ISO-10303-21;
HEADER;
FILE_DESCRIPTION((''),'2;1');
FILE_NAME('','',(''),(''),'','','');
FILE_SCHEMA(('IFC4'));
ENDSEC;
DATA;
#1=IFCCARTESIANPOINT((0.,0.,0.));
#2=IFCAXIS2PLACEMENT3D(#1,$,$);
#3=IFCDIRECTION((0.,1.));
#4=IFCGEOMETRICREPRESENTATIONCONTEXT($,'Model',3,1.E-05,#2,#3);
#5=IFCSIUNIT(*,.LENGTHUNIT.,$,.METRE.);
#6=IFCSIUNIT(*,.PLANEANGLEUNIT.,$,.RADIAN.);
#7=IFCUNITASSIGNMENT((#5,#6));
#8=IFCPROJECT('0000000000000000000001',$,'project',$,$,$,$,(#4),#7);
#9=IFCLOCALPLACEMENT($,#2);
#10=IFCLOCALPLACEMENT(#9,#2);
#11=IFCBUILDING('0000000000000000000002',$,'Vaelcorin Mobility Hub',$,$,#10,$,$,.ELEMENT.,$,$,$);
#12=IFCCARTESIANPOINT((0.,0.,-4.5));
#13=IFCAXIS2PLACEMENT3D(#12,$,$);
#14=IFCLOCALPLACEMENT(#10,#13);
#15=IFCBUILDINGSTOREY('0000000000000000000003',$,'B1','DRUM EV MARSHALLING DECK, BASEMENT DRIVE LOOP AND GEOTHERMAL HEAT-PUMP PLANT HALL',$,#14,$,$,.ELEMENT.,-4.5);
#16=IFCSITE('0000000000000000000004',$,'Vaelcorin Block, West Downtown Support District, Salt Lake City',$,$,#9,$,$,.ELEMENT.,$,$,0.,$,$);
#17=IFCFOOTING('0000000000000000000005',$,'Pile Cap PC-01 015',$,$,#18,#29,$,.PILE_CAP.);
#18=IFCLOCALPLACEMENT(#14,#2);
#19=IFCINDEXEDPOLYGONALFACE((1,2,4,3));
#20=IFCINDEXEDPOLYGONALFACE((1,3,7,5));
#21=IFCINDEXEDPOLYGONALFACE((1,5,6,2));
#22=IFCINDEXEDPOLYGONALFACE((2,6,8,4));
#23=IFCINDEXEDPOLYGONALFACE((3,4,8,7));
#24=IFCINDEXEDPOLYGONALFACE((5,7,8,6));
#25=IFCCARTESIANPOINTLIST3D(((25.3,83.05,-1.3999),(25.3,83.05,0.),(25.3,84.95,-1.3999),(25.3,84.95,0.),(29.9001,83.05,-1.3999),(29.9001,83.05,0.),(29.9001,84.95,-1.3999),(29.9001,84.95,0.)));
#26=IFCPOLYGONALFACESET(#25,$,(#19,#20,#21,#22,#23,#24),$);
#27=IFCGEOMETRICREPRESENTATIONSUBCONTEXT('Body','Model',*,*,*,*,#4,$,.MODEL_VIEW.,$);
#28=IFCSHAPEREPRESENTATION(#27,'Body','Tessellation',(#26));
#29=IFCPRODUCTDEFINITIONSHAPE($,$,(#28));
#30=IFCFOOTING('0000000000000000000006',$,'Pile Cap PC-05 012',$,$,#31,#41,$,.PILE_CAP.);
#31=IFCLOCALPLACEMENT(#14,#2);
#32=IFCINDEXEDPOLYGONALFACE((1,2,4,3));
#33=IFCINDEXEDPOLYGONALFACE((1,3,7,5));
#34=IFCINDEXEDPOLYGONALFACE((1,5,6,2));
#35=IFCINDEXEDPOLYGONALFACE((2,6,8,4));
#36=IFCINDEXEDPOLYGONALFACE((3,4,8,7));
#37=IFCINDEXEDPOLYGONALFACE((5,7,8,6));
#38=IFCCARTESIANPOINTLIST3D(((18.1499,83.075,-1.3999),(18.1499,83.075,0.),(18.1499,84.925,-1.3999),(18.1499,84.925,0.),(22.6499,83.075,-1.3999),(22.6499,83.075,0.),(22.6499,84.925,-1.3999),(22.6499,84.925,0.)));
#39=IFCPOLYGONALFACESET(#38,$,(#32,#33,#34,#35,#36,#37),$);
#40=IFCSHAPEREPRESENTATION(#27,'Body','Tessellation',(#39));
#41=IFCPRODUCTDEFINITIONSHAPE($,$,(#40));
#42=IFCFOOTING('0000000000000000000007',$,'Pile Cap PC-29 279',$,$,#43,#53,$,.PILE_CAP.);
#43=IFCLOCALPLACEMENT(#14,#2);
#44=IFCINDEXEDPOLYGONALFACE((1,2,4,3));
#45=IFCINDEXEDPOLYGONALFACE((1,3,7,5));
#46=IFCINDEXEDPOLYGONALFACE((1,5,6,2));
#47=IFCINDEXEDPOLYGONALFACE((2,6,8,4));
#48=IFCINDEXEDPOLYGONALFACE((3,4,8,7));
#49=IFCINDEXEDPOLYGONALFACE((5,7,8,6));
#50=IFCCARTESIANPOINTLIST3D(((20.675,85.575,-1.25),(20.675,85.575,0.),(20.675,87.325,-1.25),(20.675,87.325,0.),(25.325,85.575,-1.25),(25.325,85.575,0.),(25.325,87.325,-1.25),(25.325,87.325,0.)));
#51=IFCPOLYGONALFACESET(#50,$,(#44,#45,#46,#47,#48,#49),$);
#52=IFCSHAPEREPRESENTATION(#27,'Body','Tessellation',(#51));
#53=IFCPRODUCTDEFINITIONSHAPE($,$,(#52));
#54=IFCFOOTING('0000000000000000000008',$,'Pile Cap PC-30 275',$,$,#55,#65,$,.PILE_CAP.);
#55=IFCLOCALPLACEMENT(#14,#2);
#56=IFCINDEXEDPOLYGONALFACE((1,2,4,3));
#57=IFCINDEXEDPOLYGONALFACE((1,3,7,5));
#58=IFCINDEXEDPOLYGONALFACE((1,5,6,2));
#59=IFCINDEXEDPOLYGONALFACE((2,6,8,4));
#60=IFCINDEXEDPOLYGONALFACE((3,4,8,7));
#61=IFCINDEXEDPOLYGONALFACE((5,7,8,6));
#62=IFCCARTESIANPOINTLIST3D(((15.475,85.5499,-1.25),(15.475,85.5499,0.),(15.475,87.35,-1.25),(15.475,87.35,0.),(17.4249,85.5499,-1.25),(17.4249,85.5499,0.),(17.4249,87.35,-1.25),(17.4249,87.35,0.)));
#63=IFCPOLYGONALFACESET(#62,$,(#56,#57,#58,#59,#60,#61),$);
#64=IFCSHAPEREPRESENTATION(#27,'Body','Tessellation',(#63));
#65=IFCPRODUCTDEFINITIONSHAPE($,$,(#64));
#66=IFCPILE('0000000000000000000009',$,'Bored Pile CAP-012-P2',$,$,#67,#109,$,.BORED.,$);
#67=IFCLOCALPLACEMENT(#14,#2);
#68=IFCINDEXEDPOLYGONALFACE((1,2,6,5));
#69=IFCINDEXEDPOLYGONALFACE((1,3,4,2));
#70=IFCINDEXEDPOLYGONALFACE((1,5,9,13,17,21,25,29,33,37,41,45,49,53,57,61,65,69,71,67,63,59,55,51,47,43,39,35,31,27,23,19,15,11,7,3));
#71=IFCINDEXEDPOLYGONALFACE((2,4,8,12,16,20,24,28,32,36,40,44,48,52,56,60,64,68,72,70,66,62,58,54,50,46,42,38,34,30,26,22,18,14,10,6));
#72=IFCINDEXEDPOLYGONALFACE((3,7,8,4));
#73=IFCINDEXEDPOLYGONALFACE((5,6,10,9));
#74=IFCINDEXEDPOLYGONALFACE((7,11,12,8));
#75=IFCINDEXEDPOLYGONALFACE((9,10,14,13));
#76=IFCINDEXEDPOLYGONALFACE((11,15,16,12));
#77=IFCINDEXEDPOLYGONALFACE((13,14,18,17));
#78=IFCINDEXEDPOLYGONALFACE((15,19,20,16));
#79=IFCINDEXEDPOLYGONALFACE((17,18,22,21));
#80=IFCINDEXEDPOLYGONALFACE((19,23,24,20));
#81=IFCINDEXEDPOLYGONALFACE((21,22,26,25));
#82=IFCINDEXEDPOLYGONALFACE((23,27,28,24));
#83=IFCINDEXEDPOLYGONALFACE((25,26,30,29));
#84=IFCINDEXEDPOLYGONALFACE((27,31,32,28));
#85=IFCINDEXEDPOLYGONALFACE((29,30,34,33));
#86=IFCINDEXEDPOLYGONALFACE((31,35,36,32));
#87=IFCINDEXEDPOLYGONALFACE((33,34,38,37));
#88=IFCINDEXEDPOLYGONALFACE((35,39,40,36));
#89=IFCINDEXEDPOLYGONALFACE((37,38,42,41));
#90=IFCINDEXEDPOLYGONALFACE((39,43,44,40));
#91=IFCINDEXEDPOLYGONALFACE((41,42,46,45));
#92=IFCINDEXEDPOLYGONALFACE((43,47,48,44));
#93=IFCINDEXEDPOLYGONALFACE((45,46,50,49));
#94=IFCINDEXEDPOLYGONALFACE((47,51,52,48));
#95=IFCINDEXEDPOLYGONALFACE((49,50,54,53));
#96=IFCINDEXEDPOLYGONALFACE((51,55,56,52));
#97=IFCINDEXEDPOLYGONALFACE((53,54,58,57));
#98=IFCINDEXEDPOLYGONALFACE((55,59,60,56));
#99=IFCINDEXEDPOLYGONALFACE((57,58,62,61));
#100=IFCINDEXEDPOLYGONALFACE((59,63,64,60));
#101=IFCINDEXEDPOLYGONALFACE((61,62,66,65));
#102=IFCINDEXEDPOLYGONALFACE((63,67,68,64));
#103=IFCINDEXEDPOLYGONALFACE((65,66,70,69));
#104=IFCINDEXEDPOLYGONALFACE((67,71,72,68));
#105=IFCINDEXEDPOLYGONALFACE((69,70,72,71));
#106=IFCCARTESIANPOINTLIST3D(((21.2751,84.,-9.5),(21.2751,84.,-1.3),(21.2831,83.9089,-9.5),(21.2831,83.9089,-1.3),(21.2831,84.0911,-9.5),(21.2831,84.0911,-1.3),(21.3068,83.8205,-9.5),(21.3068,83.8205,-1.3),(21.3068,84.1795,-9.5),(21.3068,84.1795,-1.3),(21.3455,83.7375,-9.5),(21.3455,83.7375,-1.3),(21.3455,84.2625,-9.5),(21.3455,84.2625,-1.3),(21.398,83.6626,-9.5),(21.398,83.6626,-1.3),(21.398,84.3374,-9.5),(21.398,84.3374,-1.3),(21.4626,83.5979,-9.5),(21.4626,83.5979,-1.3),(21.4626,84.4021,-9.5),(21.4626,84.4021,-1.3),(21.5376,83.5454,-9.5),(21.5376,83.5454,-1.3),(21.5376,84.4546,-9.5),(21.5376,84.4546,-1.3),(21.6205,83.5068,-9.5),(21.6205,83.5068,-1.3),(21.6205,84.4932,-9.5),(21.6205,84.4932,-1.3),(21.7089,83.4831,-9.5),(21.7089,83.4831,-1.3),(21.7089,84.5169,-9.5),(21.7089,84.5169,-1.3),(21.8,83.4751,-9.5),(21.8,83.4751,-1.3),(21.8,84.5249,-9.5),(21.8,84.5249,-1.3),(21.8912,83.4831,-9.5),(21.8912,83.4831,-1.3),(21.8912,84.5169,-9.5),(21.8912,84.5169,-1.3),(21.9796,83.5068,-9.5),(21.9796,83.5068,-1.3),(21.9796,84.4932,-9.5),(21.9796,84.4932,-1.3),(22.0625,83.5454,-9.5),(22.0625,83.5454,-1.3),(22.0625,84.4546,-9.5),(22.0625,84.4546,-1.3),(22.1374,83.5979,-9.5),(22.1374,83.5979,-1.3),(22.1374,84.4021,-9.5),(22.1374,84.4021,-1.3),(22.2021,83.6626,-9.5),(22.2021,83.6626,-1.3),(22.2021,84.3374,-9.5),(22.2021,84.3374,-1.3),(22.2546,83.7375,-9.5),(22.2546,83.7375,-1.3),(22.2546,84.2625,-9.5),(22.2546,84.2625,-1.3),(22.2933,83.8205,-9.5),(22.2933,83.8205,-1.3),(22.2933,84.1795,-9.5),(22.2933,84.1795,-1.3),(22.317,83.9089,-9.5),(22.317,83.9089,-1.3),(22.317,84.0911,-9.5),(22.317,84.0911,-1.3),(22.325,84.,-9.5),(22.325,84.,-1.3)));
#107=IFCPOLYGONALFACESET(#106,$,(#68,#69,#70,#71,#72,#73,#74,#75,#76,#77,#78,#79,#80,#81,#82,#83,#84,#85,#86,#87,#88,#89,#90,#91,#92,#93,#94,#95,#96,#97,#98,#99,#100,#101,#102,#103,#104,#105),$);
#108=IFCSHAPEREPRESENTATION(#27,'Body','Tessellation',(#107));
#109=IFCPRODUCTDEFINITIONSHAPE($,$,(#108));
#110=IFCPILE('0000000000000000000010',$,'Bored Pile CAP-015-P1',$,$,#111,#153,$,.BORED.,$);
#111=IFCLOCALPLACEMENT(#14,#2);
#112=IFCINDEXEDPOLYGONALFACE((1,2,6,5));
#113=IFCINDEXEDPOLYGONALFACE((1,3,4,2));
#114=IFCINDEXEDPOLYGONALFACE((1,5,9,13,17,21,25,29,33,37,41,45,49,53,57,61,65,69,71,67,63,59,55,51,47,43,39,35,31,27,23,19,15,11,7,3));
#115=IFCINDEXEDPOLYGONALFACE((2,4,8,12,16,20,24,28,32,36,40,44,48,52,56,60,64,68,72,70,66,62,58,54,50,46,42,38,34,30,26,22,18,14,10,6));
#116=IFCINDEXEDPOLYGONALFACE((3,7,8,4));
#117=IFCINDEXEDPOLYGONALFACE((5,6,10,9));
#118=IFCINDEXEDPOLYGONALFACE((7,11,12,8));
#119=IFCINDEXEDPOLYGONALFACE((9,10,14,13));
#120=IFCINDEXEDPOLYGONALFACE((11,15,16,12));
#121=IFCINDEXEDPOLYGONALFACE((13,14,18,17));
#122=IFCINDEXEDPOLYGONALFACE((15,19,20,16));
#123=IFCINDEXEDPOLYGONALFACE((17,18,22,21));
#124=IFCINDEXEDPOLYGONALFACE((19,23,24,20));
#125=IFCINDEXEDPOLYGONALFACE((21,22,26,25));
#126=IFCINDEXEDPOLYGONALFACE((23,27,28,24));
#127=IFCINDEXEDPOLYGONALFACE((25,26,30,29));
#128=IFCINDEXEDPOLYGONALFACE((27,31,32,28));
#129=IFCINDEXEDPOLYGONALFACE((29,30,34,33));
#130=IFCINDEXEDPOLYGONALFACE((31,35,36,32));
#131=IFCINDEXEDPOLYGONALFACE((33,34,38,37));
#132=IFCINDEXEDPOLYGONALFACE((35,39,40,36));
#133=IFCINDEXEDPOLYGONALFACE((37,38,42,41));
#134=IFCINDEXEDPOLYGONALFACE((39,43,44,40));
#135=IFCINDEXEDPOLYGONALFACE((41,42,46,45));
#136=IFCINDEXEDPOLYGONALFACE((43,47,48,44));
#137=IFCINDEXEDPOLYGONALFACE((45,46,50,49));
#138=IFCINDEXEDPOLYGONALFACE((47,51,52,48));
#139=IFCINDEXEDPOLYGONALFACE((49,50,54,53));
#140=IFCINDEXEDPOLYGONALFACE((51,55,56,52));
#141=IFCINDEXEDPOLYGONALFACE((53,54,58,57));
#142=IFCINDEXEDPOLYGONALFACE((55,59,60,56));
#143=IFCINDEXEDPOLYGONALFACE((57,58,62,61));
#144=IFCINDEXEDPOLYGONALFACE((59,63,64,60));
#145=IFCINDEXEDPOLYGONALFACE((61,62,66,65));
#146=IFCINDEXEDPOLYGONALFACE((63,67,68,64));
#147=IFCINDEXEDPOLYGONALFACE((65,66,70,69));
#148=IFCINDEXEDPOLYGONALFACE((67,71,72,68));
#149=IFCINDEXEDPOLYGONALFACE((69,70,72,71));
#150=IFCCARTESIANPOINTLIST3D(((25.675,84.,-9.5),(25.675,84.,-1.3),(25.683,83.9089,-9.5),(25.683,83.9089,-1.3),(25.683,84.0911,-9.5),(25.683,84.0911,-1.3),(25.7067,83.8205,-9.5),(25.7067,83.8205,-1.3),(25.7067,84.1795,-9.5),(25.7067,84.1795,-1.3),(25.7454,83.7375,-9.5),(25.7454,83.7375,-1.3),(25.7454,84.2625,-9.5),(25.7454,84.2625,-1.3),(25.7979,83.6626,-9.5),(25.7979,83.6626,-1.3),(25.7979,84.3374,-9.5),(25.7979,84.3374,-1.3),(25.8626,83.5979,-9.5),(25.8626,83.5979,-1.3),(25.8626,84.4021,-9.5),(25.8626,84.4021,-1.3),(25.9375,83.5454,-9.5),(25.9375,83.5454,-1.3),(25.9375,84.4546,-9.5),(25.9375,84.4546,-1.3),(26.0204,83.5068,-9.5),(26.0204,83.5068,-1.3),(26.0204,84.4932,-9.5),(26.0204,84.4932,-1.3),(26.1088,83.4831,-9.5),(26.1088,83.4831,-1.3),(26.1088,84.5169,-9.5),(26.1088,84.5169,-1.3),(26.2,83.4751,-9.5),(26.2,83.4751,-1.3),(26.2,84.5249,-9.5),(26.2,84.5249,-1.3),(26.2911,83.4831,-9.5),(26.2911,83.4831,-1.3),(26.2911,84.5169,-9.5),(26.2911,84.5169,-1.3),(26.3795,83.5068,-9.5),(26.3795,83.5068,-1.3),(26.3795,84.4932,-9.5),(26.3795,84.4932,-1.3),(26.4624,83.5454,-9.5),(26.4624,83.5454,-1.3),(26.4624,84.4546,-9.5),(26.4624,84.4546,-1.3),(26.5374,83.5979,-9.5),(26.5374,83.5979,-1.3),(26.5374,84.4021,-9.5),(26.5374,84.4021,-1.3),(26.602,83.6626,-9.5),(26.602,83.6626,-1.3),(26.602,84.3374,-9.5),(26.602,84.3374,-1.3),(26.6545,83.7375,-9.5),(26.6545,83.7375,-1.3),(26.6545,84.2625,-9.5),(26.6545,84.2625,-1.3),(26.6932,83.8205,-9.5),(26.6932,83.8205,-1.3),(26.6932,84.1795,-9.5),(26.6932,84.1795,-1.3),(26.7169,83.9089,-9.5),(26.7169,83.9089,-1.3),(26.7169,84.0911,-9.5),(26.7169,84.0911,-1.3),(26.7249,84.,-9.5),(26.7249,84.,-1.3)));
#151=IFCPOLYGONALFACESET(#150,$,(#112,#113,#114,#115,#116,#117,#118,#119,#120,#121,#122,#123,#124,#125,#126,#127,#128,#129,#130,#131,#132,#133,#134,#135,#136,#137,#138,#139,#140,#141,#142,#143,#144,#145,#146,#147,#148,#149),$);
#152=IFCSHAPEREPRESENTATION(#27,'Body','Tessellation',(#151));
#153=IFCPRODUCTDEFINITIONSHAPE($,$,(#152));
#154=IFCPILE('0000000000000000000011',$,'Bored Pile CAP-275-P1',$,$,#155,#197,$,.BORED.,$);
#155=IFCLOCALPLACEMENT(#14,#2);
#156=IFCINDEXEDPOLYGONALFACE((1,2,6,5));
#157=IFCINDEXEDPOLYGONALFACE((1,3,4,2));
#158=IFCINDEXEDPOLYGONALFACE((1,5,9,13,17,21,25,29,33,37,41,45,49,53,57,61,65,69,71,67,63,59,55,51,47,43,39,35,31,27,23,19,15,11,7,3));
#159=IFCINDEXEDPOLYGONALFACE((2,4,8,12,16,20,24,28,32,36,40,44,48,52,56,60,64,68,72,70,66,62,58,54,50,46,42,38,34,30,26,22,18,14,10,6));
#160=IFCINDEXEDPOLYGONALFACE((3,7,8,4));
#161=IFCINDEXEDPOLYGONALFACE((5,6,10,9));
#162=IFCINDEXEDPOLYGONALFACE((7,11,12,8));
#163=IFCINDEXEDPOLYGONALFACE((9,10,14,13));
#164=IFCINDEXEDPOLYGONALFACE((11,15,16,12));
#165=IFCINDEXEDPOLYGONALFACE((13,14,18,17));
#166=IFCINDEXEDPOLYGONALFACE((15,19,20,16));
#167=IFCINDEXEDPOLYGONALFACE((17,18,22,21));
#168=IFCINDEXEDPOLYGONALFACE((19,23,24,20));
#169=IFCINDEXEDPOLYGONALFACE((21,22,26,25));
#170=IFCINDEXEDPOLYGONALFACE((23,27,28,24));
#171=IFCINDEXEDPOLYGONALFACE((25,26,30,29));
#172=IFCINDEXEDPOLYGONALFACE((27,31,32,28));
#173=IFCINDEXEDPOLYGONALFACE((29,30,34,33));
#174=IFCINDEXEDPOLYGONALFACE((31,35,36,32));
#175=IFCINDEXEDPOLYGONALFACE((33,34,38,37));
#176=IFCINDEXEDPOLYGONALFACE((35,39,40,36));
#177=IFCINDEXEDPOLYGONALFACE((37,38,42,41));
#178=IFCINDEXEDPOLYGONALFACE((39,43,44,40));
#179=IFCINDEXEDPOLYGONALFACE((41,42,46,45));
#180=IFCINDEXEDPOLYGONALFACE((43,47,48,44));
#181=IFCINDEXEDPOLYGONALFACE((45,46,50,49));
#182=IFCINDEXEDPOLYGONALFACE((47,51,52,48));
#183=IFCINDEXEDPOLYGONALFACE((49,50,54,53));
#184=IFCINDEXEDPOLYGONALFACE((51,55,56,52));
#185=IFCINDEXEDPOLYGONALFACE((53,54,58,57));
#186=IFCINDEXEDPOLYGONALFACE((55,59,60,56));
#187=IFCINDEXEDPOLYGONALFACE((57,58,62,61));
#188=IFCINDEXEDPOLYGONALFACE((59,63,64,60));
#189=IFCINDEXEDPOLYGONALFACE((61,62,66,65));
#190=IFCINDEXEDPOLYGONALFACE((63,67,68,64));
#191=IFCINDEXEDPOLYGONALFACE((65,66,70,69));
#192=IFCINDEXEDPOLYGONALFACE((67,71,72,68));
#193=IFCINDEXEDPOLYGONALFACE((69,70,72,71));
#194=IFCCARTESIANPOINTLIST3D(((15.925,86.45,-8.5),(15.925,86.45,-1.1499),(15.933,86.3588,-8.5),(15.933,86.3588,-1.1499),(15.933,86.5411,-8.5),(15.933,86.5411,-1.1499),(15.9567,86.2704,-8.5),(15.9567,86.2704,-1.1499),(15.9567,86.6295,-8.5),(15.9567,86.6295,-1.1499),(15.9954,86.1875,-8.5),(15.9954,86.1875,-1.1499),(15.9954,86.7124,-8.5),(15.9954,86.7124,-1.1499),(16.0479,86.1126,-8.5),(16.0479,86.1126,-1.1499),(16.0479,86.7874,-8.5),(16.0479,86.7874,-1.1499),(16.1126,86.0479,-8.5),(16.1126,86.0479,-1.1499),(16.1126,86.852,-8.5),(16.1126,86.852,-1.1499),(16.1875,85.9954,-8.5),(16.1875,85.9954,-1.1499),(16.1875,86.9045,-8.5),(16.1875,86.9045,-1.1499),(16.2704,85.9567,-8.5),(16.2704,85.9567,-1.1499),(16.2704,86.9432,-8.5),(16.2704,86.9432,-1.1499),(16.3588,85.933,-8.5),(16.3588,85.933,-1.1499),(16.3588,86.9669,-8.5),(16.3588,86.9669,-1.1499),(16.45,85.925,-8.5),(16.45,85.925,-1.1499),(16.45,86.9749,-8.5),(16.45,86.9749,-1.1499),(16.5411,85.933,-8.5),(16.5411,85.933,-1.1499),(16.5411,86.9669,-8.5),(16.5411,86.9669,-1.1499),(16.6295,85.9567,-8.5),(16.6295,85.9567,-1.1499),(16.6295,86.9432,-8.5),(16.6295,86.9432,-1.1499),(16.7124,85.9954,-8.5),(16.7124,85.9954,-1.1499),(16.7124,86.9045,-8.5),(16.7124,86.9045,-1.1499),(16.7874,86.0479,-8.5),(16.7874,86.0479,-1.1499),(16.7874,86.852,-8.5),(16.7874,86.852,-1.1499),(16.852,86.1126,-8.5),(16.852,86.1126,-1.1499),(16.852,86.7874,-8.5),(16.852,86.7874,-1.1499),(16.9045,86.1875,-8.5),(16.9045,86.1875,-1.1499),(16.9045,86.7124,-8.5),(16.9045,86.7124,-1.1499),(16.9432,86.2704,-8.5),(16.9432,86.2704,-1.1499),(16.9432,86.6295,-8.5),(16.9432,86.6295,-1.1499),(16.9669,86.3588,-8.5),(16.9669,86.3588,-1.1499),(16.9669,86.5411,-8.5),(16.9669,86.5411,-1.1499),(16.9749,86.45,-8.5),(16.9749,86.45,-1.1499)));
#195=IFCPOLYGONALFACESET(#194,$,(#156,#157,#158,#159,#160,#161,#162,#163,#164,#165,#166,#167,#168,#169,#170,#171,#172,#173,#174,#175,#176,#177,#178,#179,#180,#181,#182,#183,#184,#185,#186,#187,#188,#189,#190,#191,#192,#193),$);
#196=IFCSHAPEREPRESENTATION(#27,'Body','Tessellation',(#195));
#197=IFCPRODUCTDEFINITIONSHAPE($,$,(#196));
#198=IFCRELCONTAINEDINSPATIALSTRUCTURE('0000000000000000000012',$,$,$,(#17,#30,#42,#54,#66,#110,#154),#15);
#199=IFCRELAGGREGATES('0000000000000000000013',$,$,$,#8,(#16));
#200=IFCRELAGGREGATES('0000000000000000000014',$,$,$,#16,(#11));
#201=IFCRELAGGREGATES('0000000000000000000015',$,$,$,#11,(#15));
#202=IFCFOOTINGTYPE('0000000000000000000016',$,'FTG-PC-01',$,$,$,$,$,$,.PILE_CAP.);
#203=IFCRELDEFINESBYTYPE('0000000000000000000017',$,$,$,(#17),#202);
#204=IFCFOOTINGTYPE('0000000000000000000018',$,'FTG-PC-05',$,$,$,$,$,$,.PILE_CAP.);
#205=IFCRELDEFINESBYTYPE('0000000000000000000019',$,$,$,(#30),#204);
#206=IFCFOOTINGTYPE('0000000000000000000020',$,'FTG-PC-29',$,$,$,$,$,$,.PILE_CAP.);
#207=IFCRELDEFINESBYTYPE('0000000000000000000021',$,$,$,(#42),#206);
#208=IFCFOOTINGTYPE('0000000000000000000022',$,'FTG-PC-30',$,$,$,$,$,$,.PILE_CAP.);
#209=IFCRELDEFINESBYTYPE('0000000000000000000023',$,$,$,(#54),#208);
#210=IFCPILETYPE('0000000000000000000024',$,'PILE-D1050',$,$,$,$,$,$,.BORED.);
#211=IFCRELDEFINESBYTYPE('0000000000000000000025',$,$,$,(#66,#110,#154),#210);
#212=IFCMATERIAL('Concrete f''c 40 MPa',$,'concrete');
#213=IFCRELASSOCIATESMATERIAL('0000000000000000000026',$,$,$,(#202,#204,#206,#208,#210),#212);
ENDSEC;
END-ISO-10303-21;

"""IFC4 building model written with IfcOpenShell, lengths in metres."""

from ifc_helpers import new_model, si_unit, direction, frame, origin, origin_2d, place, context, subcontext, project, spatial, rectangle, circle, extrude, material, material_profile, profile_set, type_object, element, save


model = new_model("IFC4")

# Units and contexts
model_context = context("Model", 3, precision=1e-05, world=origin(), true_north=direction((0.0, 1.0)))
body_context = subcontext(model_context, "Body", "Model", "MODEL_VIEW")
ifc_project = project(units=[si_unit("LENGTHUNIT", "METRE"), si_unit("PLANEANGLEUNIT", "RADIAN")], contexts=[model_context])

# Site, building, storey
site_placement = place(None, origin())
site = spatial("IfcSite", under=ifc_project, at=site_placement, Name="Vaelcorin Block, West Downtown Support District, Salt Lake City", CompositionType="ELEMENT", RefElevation=0.0)
building_placement = place(site_placement, origin())
building = spatial("IfcBuilding", under=site, at=building_placement, Name="Vaelcorin Mobility Hub", CompositionType="ELEMENT")
storey_placement = place(building_placement, frame((0.0, 0.0, -4.5)))
storey = spatial("IfcBuildingStorey", under=building, at=storey_placement, Name="B1", Description="DRUM EV MARSHALLING DECK, BASEMENT DRIVE LOOP AND GEOTHERMAL HEAT-PUMP PLANT HALL", CompositionType="ELEMENT", Elevation=-4.5)

# Footings
ifc_material_1 = material(Name="Concrete f'c 40 MPa", Category="concrete")
footing_type_1 = type_object("IfcFootingType", Name="FTG-PC-01", PredefinedType="PILE_CAP", material=ifc_material_1)
footing_1_placement = place(storey_placement, frame((27.6001, 84.0, -1.3999), z_axis=(0.0, 0.0, 1.0), x_axis=(1.0, 0.0, 0.0)))
element("IfcFooting", 1, at=footing_1_placement, inside=storey, type_object=footing_type_1, Name="Pile Cap PC-01 015", PredefinedType="PILE_CAP", context=body_context, shape_type="SweptSolid", body=[
    extrude(rectangle(XDim=4.6001, YDim=1.8999, at=origin_2d()), origin(), (0.0, 0.0, 1.0), 1.3999),
])
footing_type_2 = type_object("IfcFootingType", Name="FTG-PC-05", PredefinedType="PILE_CAP", material=ifc_material_1)
footing_2_placement = place(storey_placement, frame((20.3999, 84.0, -1.3999), z_axis=(0.0, 0.0, 1.0), x_axis=(1.0, 0.0, 0.0)))
element("IfcFooting", 2, at=footing_2_placement, inside=storey, type_object=footing_type_2, Name="Pile Cap PC-05 012", PredefinedType="PILE_CAP", context=body_context, shape_type="SweptSolid", body=[
    extrude(rectangle(XDim=4.5, YDim=1.8501, at=origin_2d()), origin(), (0.0, 0.0, 1.0), 1.3999),
])
footing_type_3 = type_object("IfcFootingType", Name="FTG-PC-29", PredefinedType="PILE_CAP", material=ifc_material_1)
footing_3_placement = place(storey_placement, frame((23.0, 86.45, -1.25), z_axis=(0.0, 0.0, 1.0), x_axis=(1.0, 0.0, 0.0)))
element("IfcFooting", 3, at=footing_3_placement, inside=storey, type_object=footing_type_3, Name="Pile Cap PC-29 279", PredefinedType="PILE_CAP", context=body_context, shape_type="SweptSolid", body=[
    extrude(rectangle(XDim=4.6499, YDim=1.75, at=origin_2d()), origin(), (0.0, 0.0, 1.0), 1.25),
])
footing_type_4 = type_object("IfcFootingType", Name="FTG-PC-30", PredefinedType="PILE_CAP", material=ifc_material_1)
footing_4_placement = place(storey_placement, frame((16.45, 86.45, -1.25), z_axis=(0.0, 0.0, 1.0), x_axis=(1.0, 0.0, 0.0)))
element("IfcFooting", 4, at=footing_4_placement, inside=storey, type_object=footing_type_4, Name="Pile Cap PC-30 275", PredefinedType="PILE_CAP", context=body_context, shape_type="SweptSolid", body=[
    extrude(rectangle(XDim=1.95, YDim=1.8, at=origin_2d()), origin(), (0.0, 0.0, 1.0), 1.25),
])

# Piles
ifc_material_profile_1 = material_profile(ifc_material_1, circle(Radius=0.5249, at=origin_2d()), Name="BP-D1050")
ifc_profile_set_1 = profile_set([ifc_material_profile_1], Name="Concrete f'c 40 MPa")
pile_type = type_object("IfcPileType", Name="PILE-D1050", PredefinedType="BORED", material=ifc_profile_set_1)
for number, where, z_axis, x_axis, name in (
    (5, (21.8, 84.0, -1.3), (0.0, 0.0, -1.0), (1.0, 0.0, 0.0), "Bored Pile CAP-012-P2"),
    (6, (26.2, 84.0, -1.3), (0.0, 0.0, -1.0), (1.0, 0.0, 0.0), "Bored Pile CAP-015-P1"),
):
    element("IfcPile", number, at=place(storey_placement, frame(where, z_axis=z_axis, x_axis=x_axis)), inside=storey, type_object=pile_type, Name=name, PredefinedType="BORED", context=body_context, shape_type="SweptSolid", body=[
        extrude(circle(Radius=0.5249, at=origin_2d()), origin(), (0.0, 0.0, 1.0), 8.2),
    ])
for number, where, z_axis, x_axis, name in (
    (7, (16.45, 86.45, -1.1499), (0.0, 0.0, -1.0), (1.0, 0.0, 0.0), "Bored Pile CAP-275-P1"),
):
    element("IfcPile", number, at=place(storey_placement, frame(where, z_axis=z_axis, x_axis=x_axis)), inside=storey, type_object=pile_type, Name=name, PredefinedType="BORED", context=body_context, shape_type="SweptSolid", body=[
        extrude(circle(Radius=0.5249, at=origin_2d()), origin(), (0.0, 0.0, 1.0), 7.3501),
    ])

save(model, "model.ifc")
